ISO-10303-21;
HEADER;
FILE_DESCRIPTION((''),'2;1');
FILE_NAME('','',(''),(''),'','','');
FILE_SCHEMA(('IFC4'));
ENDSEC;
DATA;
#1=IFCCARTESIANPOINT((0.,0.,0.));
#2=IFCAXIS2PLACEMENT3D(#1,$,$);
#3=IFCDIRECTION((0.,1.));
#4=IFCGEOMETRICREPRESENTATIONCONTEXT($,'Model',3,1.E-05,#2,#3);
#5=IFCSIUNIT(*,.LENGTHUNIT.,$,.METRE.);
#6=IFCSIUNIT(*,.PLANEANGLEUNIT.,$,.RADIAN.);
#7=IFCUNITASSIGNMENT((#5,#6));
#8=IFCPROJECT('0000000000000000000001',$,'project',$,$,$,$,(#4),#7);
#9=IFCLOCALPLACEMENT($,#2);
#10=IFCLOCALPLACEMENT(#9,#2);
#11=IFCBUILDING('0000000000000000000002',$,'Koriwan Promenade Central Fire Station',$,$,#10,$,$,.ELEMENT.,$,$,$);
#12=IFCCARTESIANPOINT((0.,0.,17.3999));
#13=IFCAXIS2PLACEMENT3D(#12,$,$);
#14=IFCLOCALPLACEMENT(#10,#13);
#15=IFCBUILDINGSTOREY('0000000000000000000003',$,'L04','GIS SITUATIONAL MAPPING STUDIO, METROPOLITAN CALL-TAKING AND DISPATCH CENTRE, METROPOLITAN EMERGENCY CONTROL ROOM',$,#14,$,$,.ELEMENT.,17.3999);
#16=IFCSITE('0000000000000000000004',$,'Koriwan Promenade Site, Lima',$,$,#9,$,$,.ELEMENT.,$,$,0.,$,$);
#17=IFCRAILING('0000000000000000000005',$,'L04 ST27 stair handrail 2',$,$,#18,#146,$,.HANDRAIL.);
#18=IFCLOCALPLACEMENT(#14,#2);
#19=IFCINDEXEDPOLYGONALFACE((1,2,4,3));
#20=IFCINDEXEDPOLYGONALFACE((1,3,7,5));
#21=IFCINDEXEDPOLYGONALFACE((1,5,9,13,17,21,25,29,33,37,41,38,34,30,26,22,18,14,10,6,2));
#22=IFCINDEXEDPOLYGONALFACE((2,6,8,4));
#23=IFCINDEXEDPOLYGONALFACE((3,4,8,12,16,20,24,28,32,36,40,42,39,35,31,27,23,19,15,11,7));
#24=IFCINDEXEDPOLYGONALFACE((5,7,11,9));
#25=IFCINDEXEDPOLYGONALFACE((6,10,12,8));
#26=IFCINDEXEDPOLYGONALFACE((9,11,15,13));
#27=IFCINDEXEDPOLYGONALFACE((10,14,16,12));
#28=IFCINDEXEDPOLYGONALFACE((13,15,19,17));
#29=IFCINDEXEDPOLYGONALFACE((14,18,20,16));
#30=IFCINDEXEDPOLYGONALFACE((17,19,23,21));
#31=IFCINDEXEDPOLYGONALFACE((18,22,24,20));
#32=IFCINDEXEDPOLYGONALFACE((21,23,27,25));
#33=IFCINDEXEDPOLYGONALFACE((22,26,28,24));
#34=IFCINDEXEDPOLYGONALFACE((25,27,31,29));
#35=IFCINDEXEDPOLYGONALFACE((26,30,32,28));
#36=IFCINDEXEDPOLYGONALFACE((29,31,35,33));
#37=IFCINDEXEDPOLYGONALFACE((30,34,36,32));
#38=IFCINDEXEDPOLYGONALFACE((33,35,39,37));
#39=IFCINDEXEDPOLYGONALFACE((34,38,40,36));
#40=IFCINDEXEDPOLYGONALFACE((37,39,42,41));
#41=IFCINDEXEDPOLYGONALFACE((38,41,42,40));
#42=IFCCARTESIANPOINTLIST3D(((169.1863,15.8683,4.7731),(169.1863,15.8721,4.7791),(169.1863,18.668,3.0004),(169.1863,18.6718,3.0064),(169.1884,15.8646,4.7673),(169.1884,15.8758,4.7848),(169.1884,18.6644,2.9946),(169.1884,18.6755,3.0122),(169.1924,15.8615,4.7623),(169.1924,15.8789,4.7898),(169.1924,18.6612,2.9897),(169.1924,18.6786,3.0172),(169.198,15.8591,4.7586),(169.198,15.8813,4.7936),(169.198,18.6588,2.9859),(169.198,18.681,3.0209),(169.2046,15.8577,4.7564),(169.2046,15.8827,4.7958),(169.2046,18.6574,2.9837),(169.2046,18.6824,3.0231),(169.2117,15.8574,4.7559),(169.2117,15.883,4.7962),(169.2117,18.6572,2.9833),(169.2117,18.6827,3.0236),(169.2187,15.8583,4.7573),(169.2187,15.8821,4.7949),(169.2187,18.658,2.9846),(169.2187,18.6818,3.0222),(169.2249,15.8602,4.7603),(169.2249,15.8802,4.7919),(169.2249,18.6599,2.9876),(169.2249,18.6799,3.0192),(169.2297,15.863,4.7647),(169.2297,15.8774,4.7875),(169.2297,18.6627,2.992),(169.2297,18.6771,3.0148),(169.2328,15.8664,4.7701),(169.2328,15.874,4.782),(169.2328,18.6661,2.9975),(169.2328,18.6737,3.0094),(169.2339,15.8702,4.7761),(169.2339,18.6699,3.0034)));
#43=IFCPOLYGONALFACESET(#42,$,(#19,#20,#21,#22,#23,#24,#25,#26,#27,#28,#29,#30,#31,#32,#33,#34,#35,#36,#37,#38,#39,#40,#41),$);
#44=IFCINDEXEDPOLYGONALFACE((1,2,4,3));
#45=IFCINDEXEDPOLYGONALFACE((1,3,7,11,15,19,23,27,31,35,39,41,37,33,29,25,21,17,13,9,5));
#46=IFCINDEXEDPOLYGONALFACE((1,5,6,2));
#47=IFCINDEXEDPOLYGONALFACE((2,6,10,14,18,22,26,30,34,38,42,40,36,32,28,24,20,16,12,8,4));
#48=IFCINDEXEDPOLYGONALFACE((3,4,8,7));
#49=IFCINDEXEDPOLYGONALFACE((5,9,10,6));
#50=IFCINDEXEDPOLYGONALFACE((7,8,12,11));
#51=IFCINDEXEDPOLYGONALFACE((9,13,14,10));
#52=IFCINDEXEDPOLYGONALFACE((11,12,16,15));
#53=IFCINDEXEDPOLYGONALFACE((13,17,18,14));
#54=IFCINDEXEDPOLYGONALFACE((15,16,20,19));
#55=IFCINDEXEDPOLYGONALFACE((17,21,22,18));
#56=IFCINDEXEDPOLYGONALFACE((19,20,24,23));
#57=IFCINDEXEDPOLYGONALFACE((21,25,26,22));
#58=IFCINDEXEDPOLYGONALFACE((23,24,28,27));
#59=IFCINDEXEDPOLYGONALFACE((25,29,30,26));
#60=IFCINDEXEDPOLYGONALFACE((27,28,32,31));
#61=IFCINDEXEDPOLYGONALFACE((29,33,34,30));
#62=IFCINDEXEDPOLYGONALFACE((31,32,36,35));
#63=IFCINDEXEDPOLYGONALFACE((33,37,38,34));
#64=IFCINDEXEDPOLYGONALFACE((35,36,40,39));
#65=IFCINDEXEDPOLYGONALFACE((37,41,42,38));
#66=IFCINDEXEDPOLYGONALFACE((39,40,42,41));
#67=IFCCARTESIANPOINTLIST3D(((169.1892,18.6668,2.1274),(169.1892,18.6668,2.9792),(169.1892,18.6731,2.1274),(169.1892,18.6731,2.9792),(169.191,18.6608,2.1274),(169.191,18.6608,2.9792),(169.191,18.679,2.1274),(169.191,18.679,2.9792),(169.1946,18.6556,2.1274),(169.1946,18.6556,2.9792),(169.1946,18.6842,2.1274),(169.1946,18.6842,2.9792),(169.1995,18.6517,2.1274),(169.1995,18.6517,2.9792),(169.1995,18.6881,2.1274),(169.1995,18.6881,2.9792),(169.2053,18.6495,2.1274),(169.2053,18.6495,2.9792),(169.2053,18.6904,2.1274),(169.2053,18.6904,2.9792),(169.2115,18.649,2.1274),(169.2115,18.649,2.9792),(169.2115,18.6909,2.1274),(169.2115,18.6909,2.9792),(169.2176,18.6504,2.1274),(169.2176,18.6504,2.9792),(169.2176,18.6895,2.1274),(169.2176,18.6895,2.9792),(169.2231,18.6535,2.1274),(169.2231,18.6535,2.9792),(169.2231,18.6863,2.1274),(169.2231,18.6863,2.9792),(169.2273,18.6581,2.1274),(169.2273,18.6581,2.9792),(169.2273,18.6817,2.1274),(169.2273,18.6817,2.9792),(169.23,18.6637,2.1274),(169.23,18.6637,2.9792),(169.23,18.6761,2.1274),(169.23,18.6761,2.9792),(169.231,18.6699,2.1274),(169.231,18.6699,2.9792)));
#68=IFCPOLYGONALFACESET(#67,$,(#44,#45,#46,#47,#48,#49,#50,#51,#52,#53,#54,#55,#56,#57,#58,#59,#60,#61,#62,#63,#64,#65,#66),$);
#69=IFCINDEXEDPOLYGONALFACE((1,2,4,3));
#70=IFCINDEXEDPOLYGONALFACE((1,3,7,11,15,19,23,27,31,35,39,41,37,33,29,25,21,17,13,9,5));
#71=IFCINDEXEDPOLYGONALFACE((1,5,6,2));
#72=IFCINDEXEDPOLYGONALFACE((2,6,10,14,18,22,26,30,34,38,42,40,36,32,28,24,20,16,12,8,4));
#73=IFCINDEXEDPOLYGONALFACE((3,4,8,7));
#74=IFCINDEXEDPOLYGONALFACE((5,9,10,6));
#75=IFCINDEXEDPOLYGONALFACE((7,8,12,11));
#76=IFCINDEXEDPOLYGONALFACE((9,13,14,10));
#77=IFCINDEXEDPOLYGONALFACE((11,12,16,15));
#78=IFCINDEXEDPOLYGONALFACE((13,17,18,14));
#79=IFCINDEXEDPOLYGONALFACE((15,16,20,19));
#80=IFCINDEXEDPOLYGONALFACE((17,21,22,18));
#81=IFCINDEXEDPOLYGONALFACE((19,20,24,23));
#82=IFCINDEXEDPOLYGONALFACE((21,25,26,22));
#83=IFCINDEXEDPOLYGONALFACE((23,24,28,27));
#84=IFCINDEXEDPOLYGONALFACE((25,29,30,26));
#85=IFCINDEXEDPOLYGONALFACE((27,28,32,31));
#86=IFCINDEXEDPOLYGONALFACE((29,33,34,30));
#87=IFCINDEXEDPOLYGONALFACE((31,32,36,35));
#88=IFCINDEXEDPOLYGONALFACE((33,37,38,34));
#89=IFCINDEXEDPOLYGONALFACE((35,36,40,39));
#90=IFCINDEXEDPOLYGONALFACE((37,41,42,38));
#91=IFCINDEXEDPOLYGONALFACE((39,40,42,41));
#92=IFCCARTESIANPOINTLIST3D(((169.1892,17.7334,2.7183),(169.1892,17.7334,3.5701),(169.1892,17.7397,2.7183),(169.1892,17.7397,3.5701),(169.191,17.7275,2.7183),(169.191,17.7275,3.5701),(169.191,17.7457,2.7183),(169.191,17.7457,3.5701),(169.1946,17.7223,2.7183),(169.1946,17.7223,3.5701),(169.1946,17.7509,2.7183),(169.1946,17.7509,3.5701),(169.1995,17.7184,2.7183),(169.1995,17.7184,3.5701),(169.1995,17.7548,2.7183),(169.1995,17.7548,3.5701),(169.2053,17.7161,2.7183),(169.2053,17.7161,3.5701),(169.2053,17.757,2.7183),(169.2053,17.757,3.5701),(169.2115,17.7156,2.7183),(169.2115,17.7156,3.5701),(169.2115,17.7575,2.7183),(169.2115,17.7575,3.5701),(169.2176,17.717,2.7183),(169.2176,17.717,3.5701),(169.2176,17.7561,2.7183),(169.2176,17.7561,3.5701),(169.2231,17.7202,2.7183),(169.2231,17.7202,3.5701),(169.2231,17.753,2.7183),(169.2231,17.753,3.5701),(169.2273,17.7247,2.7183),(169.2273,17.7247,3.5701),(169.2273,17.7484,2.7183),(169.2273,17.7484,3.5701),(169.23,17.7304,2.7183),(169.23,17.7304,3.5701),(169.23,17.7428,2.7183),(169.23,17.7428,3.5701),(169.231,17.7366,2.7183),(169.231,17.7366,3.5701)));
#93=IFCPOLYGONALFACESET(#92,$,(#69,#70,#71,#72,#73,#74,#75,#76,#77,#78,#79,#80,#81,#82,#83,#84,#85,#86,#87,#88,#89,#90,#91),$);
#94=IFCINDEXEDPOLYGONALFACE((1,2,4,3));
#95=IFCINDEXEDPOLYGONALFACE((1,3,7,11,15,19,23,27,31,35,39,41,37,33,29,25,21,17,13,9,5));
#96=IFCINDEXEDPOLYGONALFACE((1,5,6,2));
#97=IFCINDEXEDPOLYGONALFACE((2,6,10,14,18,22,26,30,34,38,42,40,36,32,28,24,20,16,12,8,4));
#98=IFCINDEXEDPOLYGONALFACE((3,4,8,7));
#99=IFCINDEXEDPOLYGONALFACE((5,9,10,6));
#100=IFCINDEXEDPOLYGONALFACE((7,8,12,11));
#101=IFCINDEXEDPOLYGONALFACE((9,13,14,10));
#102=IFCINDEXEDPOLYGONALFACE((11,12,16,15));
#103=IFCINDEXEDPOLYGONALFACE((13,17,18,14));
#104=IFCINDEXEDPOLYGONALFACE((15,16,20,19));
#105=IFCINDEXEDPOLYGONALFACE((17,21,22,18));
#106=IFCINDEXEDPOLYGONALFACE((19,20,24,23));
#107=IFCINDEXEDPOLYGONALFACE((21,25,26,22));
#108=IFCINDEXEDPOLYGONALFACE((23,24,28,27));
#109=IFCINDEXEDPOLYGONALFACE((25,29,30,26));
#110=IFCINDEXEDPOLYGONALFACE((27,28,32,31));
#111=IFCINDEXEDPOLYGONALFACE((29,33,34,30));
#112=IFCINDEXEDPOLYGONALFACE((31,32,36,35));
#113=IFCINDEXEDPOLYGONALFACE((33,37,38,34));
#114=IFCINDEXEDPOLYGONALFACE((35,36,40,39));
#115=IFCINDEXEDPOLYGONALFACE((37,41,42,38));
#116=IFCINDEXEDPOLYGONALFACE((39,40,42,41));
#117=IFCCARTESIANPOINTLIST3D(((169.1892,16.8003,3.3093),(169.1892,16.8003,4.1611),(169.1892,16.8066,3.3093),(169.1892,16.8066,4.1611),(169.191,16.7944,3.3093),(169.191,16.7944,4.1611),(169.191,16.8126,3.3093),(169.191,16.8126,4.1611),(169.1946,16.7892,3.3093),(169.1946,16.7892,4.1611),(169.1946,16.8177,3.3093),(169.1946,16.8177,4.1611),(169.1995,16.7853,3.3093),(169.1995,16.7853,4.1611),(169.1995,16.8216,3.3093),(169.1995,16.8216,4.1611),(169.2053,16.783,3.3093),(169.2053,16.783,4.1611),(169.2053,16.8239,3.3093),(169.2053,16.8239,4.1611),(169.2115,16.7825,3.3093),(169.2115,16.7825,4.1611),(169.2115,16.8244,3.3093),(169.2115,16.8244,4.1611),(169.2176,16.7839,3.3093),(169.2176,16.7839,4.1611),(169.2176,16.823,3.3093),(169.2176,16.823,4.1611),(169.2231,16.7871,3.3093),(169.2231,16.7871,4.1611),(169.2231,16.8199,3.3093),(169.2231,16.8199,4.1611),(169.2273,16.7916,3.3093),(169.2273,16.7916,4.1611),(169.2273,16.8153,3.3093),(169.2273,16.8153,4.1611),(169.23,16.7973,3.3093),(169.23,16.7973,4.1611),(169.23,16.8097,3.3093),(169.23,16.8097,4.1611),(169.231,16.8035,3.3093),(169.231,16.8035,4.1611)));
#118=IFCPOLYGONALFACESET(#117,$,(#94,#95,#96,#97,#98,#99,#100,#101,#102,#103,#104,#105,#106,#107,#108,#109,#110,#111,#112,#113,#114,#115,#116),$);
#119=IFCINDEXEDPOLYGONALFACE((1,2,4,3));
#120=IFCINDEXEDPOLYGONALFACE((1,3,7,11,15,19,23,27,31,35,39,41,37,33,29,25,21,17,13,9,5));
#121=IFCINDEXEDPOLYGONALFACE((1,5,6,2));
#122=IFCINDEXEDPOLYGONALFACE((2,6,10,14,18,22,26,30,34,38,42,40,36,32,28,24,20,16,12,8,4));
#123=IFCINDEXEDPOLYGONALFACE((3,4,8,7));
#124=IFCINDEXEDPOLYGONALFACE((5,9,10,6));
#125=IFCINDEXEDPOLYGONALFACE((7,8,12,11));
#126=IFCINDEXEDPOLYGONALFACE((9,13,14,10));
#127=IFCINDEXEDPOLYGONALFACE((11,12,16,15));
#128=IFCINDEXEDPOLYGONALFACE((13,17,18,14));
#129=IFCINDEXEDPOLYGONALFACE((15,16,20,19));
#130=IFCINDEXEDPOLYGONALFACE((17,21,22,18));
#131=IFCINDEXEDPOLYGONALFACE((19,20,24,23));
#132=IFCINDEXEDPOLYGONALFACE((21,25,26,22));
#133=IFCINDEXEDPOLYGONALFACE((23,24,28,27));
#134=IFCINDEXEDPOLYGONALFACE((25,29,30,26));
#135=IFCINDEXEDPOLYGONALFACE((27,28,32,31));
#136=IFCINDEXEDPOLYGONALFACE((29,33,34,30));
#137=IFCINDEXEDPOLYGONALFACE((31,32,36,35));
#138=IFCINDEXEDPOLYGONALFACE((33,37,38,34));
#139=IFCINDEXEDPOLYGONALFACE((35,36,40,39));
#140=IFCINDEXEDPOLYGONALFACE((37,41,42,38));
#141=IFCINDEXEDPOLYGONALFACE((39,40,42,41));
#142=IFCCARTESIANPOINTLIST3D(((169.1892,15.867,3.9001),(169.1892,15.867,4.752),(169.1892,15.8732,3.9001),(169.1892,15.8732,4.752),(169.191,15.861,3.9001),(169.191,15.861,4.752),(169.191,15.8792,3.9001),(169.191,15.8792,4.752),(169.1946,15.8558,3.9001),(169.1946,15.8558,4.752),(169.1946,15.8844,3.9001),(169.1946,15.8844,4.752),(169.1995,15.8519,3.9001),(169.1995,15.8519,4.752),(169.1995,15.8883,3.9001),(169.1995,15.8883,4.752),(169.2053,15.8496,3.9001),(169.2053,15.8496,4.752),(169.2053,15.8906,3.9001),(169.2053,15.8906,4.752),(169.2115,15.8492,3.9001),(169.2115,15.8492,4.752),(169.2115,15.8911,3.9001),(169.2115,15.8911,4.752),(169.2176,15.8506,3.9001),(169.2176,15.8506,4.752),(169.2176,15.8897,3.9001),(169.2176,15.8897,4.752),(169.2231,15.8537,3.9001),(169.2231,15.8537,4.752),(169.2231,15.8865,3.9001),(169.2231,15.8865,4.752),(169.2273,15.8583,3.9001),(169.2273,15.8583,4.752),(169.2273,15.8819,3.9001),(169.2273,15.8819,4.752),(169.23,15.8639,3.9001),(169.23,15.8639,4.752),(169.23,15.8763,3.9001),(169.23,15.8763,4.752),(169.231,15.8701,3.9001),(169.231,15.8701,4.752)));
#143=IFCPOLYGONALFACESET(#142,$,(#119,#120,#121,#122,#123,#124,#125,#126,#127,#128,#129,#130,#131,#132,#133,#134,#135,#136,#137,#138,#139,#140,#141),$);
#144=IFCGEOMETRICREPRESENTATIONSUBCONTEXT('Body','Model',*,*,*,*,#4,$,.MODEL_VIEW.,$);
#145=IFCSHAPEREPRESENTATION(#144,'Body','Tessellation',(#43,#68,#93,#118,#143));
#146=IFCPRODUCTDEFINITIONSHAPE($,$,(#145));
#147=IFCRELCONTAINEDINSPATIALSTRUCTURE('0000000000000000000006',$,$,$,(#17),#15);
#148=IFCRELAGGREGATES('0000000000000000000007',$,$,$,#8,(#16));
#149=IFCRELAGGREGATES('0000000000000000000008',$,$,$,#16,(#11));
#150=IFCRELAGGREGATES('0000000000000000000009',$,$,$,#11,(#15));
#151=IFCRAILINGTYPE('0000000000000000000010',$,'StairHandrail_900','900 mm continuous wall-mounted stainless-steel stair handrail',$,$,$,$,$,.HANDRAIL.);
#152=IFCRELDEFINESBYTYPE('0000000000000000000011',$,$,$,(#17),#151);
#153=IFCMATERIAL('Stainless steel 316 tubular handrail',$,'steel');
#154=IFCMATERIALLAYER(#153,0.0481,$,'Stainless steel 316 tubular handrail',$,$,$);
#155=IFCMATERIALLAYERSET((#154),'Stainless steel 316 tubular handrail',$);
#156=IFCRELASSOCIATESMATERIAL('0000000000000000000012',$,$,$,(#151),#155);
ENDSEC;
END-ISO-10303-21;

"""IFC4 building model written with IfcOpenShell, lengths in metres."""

from ifc_helpers import new_model, si_unit, direction, frame, origin, origin_2d, place, context, subcontext, project, spatial, circle, extrude, material, layer, layer_set, type_object, element, save


model = new_model("IFC4")

# Units and contexts
model_context = context("Model", 3, precision=1e-05, world=origin(), true_north=direction((0.0, 1.0)))
body_context = subcontext(model_context, "Body", "Model", "MODEL_VIEW")
ifc_project = project(units=[si_unit("LENGTHUNIT", "METRE"), si_unit("PLANEANGLEUNIT", "RADIAN")], contexts=[model_context])

# Site, building, storey
site_placement = place(None, origin())
site = spatial("IfcSite", under=ifc_project, at=site_placement, Name="Koriwan Promenade Site, Lima", CompositionType="ELEMENT", RefElevation=0.0)
building_placement = place(site_placement, origin())
building = spatial("IfcBuilding", under=site, at=building_placement, Name="Koriwan Promenade Central Fire Station", CompositionType="ELEMENT")
storey_placement = place(building_placement, frame((0.0, 0.0, 17.3999)))
storey = spatial("IfcBuildingStorey", under=building, at=storey_placement, Name="L04", Description="GIS SITUATIONAL MAPPING STUDIO, METROPOLITAN CALL-TAKING AND DISPATCH CENTRE, METROPOLITAN EMERGENCY CONTROL ROOM", CompositionType="ELEMENT", Elevation=17.3999)

# Railing
ifc_material_1 = material(Name="Stainless steel 316 tubular handrail", Category="steel")
ifc_layer_1 = layer(ifc_material_1, 0.0481, Name="Stainless steel 316 tubular handrail")
ifc_layer_set_1 = layer_set([ifc_layer_1], Name="Stainless steel 316 tubular handrail")
railing_type_1 = type_object("IfcRailingType", Name="StairHandrail_900", Description="900 mm continuous wall-mounted stainless-steel stair handrail", PredefinedType="HANDRAIL", material=ifc_layer_set_1)
railing_1_placement = place(storey_placement, frame((169.21, 18.6699, 2.1274)))
element("IfcRailing", 1, at=railing_1_placement, inside=storey, type_object=railing_type_1, Name="L04 ST27 stair handrail 2", PredefinedType="HANDRAIL", context=body_context, shape_type="SweptSolid", body=[
    extrude(circle(Radius=0.0239, at=origin_2d()), frame((0.0, 0.0, 0.876), z_axis=(0.0, -0.844888, 0.534943), x_axis=(1.0, 0.0, 0.0)), (0.0, 0.0, 1.0), 3.3137),
    extrude(circle(Radius=0.021, at=origin_2d()), origin(), (0.0, 0.0, 1.0), 0.8518),
    extrude(circle(Radius=0.021, at=origin_2d()), frame((0.0, -0.9333, 0.5908)), (0.0, 0.0, 1.0), 0.8518),
    extrude(circle(Radius=0.021, at=origin_2d()), frame((0.0, -1.8665, 1.1819)), (0.0, 0.0, 1.0), 0.8518),
    extrude(circle(Radius=0.021, at=origin_2d()), frame((0.0, -2.7998, 1.7727)), (0.0, 0.0, 1.0), 0.8518),
])

save(model, "model.ifc")
